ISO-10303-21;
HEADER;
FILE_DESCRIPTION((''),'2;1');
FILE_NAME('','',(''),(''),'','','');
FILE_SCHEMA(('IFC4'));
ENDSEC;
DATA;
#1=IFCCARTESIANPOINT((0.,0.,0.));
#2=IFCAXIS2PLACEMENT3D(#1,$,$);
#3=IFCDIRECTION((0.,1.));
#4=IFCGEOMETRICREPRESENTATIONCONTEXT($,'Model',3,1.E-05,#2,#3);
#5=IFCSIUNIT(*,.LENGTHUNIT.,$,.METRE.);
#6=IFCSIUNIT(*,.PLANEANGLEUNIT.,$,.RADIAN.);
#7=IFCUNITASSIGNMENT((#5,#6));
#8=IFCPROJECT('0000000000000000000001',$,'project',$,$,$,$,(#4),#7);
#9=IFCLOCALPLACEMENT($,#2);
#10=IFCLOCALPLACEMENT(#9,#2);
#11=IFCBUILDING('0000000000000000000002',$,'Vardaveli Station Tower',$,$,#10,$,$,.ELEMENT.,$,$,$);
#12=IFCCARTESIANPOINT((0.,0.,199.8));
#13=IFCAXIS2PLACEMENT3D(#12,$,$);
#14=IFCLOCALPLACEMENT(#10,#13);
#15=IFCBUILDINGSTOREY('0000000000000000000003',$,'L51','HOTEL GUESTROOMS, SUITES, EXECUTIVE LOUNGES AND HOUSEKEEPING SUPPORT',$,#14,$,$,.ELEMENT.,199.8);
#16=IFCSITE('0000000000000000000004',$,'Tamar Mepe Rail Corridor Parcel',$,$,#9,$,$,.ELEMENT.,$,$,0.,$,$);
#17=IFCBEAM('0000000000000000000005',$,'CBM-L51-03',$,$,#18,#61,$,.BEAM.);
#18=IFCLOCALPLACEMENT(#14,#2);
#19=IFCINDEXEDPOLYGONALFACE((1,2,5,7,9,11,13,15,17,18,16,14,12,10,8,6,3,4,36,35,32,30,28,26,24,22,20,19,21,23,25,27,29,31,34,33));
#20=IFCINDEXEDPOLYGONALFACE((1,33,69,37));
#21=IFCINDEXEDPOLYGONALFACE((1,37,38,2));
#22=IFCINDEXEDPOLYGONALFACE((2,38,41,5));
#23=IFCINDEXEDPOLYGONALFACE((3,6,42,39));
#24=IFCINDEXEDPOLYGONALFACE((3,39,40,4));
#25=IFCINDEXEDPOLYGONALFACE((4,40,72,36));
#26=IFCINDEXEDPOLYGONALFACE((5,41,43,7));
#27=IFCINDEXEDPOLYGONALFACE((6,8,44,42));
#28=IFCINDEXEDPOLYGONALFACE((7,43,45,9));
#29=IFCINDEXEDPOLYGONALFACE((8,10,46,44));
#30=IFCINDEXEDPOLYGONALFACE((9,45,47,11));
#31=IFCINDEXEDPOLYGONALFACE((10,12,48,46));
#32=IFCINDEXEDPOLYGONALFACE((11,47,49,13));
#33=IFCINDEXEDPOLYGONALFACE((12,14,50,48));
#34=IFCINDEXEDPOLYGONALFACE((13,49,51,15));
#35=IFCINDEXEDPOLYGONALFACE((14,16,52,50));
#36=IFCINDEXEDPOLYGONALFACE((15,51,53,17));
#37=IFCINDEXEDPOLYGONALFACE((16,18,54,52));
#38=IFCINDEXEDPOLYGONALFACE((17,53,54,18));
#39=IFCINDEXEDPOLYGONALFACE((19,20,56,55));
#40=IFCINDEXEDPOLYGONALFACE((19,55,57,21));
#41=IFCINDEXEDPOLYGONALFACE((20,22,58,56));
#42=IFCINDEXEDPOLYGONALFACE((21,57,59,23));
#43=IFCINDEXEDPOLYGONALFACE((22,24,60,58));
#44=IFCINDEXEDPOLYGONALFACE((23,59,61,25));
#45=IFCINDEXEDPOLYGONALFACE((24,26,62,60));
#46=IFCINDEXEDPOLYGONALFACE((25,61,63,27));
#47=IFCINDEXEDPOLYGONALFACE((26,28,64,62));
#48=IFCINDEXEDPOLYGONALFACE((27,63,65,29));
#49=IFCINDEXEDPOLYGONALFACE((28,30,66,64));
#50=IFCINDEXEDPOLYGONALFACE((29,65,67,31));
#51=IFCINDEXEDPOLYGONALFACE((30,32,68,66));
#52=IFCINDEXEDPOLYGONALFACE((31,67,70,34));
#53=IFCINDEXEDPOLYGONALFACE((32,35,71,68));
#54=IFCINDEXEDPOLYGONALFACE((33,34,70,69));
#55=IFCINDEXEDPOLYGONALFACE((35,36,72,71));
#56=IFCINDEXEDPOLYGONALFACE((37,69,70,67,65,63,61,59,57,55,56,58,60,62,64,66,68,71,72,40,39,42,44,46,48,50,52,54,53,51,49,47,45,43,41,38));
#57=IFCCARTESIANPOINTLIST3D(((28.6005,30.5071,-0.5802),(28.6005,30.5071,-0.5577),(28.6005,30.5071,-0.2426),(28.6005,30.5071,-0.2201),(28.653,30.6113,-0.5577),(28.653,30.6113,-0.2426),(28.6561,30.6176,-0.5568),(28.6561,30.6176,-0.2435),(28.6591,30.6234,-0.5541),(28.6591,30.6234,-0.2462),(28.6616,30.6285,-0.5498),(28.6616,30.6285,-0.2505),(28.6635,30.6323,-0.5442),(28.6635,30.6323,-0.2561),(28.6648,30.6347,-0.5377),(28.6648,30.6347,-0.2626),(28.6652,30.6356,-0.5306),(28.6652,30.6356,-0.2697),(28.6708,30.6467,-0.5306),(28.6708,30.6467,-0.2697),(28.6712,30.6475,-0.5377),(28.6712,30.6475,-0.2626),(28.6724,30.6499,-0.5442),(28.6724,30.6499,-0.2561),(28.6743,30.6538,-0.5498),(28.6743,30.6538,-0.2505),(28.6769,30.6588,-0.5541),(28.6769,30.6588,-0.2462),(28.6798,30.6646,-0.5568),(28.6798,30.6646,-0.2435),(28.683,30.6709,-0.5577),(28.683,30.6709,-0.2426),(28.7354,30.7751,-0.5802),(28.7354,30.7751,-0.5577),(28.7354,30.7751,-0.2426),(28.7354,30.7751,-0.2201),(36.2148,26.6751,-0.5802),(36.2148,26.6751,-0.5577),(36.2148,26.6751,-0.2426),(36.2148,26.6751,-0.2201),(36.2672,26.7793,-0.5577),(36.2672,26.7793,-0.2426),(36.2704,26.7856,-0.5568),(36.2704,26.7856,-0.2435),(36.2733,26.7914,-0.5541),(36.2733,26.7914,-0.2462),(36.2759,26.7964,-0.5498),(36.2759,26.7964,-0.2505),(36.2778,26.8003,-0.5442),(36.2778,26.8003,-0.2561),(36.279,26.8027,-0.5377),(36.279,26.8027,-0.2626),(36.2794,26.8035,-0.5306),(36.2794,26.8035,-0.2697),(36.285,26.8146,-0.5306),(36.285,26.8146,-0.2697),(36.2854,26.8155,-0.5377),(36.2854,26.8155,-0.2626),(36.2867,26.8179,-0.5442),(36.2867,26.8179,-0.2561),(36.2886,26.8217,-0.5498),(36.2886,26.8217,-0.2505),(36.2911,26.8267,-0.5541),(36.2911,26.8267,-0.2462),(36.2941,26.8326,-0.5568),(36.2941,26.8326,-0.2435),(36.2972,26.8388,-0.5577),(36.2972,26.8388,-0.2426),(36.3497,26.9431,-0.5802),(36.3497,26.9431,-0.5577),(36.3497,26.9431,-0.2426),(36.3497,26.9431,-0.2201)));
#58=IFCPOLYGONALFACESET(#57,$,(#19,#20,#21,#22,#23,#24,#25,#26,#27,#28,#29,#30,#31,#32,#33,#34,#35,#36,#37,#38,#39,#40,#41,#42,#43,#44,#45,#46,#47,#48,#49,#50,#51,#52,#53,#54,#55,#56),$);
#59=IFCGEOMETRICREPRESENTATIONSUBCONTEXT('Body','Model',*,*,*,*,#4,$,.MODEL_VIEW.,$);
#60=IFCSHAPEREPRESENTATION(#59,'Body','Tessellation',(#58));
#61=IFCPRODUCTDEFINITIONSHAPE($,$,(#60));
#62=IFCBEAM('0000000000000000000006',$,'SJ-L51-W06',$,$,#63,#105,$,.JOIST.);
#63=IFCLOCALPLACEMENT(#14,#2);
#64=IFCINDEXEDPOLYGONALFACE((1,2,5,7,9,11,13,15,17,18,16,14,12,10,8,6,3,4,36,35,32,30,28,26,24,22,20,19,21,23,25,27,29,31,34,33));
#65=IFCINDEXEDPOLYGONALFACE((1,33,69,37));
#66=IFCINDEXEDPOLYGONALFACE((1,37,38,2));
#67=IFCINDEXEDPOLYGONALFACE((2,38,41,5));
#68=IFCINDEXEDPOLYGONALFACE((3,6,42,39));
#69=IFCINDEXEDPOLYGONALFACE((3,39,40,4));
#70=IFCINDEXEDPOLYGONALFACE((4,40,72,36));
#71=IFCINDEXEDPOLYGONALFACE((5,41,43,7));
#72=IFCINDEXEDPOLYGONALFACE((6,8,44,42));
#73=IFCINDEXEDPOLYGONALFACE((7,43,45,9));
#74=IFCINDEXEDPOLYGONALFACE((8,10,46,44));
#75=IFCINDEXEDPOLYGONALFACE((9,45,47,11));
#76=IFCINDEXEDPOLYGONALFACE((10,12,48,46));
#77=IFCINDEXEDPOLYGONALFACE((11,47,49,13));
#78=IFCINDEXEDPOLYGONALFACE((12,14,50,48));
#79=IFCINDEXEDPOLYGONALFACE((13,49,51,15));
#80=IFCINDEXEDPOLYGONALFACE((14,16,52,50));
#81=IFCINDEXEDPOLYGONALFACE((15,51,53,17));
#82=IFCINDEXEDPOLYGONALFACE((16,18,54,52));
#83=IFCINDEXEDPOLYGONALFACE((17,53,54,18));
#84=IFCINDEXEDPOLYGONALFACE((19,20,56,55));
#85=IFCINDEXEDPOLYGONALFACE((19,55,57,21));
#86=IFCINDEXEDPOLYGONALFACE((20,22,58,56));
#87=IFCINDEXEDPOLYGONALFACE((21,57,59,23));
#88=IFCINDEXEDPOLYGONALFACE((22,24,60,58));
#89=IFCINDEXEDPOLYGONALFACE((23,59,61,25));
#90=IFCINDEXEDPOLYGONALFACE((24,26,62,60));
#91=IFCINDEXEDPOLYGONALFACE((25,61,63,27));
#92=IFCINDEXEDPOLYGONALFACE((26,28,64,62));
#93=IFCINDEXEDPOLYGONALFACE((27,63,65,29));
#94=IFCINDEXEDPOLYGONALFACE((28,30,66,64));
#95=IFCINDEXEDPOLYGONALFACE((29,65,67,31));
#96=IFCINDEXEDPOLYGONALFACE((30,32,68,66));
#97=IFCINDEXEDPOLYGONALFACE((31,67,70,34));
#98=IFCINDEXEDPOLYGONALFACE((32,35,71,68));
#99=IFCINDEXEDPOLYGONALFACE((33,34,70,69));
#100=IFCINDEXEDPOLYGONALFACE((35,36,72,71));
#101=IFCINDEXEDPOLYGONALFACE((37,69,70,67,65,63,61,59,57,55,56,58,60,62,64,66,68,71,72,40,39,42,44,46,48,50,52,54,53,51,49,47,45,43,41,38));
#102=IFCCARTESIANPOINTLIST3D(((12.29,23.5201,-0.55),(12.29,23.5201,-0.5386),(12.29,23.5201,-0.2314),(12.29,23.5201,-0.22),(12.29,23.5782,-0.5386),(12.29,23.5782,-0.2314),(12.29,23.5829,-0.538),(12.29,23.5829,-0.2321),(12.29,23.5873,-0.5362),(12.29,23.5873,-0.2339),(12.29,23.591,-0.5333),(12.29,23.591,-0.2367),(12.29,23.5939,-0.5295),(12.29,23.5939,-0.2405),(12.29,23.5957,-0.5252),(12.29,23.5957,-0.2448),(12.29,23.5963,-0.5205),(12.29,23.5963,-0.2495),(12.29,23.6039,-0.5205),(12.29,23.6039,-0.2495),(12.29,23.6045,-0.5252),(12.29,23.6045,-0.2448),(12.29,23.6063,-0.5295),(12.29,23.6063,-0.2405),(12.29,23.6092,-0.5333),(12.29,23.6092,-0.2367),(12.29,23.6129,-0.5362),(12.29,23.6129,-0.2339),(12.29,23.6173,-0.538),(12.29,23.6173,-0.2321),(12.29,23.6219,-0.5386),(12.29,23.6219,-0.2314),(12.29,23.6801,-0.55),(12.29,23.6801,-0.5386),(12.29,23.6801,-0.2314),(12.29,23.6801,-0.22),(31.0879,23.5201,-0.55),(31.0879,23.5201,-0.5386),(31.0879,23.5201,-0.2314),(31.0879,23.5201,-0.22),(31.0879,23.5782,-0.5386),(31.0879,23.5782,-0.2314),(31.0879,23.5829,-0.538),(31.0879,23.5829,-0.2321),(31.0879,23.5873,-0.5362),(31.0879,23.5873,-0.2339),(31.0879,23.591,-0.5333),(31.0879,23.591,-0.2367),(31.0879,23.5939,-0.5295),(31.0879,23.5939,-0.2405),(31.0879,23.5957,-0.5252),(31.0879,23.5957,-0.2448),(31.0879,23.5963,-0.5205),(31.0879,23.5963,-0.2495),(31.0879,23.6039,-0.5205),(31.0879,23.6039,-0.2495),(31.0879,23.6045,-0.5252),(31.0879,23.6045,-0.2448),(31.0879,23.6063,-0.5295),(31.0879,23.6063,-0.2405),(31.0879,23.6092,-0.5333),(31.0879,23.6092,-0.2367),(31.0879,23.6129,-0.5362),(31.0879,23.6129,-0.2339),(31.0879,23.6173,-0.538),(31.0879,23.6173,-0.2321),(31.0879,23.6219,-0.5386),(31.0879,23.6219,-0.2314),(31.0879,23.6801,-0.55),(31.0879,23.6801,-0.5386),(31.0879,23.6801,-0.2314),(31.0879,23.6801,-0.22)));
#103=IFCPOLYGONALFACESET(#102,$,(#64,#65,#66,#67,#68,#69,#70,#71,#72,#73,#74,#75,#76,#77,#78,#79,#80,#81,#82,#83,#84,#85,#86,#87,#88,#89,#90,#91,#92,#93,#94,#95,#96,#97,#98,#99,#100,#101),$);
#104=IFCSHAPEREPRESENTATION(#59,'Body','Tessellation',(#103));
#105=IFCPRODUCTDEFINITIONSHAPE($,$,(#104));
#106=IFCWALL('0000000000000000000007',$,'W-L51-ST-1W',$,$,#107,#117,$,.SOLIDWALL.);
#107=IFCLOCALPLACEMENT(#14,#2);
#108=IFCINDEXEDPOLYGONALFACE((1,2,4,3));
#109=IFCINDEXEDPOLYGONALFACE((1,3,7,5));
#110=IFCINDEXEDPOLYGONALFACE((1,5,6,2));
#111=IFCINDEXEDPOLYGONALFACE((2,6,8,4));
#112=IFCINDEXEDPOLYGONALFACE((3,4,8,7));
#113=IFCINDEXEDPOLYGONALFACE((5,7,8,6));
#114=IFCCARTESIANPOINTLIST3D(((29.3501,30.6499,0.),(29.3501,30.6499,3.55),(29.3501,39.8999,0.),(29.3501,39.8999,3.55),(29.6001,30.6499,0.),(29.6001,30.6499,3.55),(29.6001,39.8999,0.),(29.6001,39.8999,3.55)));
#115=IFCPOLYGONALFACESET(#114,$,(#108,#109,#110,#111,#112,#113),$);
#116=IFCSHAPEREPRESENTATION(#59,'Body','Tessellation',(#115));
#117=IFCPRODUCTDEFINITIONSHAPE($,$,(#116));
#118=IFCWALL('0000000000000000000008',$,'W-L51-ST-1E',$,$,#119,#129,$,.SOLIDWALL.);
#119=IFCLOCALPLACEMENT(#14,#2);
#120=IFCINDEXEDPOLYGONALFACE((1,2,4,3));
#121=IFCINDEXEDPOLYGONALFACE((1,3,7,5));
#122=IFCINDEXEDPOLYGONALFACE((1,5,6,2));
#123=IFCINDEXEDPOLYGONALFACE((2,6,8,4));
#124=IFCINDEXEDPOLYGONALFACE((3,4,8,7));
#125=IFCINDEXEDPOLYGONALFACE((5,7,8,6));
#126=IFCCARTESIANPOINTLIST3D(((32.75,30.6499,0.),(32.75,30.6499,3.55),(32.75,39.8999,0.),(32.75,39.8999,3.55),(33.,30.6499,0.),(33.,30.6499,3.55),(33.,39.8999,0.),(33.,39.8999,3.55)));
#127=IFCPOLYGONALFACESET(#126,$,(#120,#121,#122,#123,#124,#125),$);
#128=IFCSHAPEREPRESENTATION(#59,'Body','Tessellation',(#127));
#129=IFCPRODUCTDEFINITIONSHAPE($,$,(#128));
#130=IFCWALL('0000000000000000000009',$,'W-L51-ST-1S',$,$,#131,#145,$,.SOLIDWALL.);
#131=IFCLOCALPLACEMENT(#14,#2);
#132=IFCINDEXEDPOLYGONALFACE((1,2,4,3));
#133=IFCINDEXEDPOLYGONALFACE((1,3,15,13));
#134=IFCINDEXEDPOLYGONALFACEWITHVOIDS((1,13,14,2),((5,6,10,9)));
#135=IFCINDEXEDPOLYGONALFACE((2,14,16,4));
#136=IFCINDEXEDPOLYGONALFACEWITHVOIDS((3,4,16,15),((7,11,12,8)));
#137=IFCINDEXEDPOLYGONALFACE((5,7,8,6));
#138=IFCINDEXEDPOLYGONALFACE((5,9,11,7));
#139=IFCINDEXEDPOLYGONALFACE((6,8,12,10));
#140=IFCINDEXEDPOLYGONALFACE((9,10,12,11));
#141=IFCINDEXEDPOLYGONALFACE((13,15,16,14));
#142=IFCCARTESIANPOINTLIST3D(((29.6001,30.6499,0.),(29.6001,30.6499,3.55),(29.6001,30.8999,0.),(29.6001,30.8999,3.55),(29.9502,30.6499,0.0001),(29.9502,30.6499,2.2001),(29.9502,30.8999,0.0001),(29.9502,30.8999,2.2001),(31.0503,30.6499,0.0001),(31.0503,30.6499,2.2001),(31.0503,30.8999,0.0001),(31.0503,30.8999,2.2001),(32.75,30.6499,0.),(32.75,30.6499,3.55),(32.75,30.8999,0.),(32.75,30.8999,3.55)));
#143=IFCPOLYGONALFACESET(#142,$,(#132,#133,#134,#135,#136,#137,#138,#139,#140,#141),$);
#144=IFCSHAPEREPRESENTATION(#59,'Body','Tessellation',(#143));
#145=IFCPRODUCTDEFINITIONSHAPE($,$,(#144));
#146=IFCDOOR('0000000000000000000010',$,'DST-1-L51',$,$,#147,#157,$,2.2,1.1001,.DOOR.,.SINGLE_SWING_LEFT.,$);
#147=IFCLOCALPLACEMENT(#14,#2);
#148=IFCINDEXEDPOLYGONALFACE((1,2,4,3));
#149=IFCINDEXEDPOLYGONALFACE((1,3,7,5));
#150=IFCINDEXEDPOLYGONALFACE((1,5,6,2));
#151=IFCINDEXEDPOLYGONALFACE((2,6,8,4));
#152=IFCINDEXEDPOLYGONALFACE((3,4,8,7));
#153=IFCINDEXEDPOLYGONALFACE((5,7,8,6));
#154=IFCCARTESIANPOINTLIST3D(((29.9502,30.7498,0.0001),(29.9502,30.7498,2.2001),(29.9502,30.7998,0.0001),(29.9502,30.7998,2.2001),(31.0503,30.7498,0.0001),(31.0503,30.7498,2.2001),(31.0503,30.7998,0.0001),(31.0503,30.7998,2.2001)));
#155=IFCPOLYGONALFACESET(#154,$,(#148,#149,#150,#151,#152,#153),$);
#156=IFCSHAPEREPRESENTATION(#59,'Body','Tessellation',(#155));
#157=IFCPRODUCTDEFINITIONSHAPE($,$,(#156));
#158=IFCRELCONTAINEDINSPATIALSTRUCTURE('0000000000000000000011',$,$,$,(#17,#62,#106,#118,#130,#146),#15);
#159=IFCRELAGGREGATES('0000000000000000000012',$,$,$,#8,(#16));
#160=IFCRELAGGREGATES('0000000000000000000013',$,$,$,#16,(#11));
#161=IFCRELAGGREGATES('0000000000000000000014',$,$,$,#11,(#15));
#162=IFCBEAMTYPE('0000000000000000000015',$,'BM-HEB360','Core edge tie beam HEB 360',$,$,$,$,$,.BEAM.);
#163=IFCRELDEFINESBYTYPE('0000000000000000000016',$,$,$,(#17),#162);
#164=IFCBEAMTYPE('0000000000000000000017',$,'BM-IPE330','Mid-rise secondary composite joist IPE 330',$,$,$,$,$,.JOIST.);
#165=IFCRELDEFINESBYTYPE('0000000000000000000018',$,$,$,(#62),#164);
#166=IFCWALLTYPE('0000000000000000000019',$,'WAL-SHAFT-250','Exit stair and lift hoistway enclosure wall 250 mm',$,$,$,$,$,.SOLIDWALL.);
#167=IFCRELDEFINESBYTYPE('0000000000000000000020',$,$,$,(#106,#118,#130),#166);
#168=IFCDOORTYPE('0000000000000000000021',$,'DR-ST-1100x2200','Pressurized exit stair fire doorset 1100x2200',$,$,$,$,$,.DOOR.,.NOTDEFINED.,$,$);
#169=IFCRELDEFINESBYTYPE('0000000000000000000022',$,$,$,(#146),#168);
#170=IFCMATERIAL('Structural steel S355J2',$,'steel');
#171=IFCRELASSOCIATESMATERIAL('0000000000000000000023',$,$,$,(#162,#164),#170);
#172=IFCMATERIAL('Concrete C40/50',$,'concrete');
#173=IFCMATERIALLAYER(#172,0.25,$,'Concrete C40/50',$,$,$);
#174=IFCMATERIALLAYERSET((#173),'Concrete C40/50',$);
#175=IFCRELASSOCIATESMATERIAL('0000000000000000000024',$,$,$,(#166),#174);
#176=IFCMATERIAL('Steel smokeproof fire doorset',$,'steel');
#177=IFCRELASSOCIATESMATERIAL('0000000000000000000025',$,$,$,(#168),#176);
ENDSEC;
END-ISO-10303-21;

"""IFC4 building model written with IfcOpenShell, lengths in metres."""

from ifc_helpers import new_model, si_unit, direction, frame, frame_2d, origin, origin_2d, place, context, subcontext, project, spatial, rectangle, i_section, extrude, source, transform, mapped, material, layer, layer_set, material_profile, profile_set, type_object, element, fill, save


model = new_model("IFC4")

# Units and contexts
model_context = context("Model", 3, precision=1e-05, world=origin(), true_north=direction((0.0, 1.0)))
body_context = subcontext(model_context, "Body", "Model", "MODEL_VIEW")
ifc_project = project(units=[si_unit("LENGTHUNIT", "METRE"), si_unit("PLANEANGLEUNIT", "RADIAN")], contexts=[model_context])

# Site, building, storey
site_placement = place(None, origin())
site = spatial("IfcSite", under=ifc_project, at=site_placement, Name="Tamar Mepe Rail Corridor Parcel", CompositionType="ELEMENT", RefElevation=0.0)
building_placement = place(site_placement, origin())
building = spatial("IfcBuilding", under=site, at=building_placement, Name="Vardaveli Station Tower", CompositionType="ELEMENT")
storey_placement = place(building_placement, frame((0.0, 0.0, 199.8)))
storey = spatial("IfcBuildingStorey", under=building, at=storey_placement, Name="L51", Description="HOTEL GUESTROOMS, SUITES, EXECUTIVE LOUNGES AND HOUSEKEEPING SUPPORT", CompositionType="ELEMENT", Elevation=199.8)

# Beams
ifc_material_1 = material(Name="Structural steel S355J2", Category="steel")
ifc_material_profile_1 = material_profile(ifc_material_1, i_section(OverallWidth=0.3, OverallDepth=0.3601, WebThickness=0.0125, FlangeThickness=0.0225, FilletRadius=0.0271, at=origin_2d()), Name="HEB 360")
ifc_profile_set_1 = profile_set([ifc_material_profile_1], Name="Structural steel S355J2")
beam_type_1 = type_object("IfcBeamType", Name="BM-HEB360", Description="Core edge tie beam HEB 360", PredefinedType="BEAM", material=ifc_profile_set_1)
shared_shape_1 = source(origin(), body_context, "Body", "SweptSolid", [
    extrude(i_section(OverallWidth=0.3, OverallDepth=0.3601, WebThickness=0.0125, FlangeThickness=0.0225, FilletRadius=0.0271, at=origin_2d()), origin(), (0.0, 0.0, 1.0), 8.5242),
])
beam_1_placement = place(storey_placement, frame((28.668, 30.6411, -0.4001), z_axis=(0.893256, -0.449549, 0.0), x_axis=(0.449549, 0.893256, 0.0)))
element("IfcBeam", 1, at=beam_1_placement, inside=storey, type_object=beam_type_1, Name="CBM-L51-03", PredefinedType="BEAM", context=body_context, shape_type="MappedRepresentation", body=[
    mapped(shared_shape_1, transform((0.0, 0.0, 0.0), scale=1.0)),
])
ifc_material_profile_2 = material_profile(ifc_material_1, i_section(OverallWidth=0.1599, OverallDepth=0.3301, WebThickness=0.0076, FlangeThickness=0.0115, FilletRadius=0.0181, at=origin_2d()), Name="IPE 330")
ifc_profile_set_2 = profile_set([ifc_material_profile_2], Name="Structural steel S355J2")
beam_type_2 = type_object("IfcBeamType", Name="BM-IPE330", Description="Mid-rise secondary composite joist IPE 330", PredefinedType="JOIST", material=ifc_profile_set_2)
shared_shape_2 = source(origin(), body_context, "Body", "SweptSolid", [
    extrude(i_section(OverallWidth=0.1599, OverallDepth=0.3301, WebThickness=0.0076, FlangeThickness=0.0115, FilletRadius=0.0181, at=origin_2d()), origin(), (0.0, 0.0, 1.0), 18.7979),
])
beam_2_placement = place(storey_placement, frame((12.29, 23.6001, -0.385), z_axis=(1.0, 0.0, 0.0), x_axis=(0.0, 1.0, 0.0)))
element("IfcBeam", 2, at=beam_2_placement, inside=storey, type_object=beam_type_2, Name="SJ-L51-W06", PredefinedType="JOIST", context=body_context, shape_type="MappedRepresentation", body=[
    mapped(shared_shape_2, transform((0.0, 0.0, 0.0), scale=1.0)),
])

# Walls
ifc_material_2 = material(Name="Concrete C40/50", Category="concrete")
ifc_layer_1 = layer(ifc_material_2, 0.25, Name="Concrete C40/50")
ifc_layer_set_1 = layer_set([ifc_layer_1], Name="Concrete C40/50")
wall_type_1 = type_object("IfcWallType", Name="WAL-SHAFT-250", Description="Exit stair and lift hoistway enclosure wall 250 mm", PredefinedType="SOLIDWALL", material=ifc_layer_set_1)
shared_shape_3 = source(origin(), body_context, "Body", "SweptSolid", [
    extrude(rectangle(XDim=9.25, YDim=0.25, at=frame_2d((4.625, 0.0))), origin(), (0.0, 0.0, 1.0), 3.55),
])
for number, where, z_axis, x_axis, name in (
    (3, (29.4751, 30.6499, 0.0), (0.0, 0.0, 1.0), (0.0, 1.0, 0.0), "W-L51-ST-1W"),
    (4, (32.875, 30.6499, 0.0), (0.0, 0.0, 1.0), (0.0, 1.0, 0.0), "W-L51-ST-1E"),
):
    element("IfcWall", number, at=place(storey_placement, frame(where, z_axis=z_axis, x_axis=x_axis)), inside=storey, type_object=wall_type_1, Name=name, PredefinedType="SOLIDWALL", context=body_context, shape_type="MappedRepresentation", body=[
        mapped(shared_shape_3, transform((0.0, 0.0, 0.0), scale=1.0)),
    ])

# Wall, opening, door
shared_shape_4 = source(origin(), body_context, "Body", "SweptSolid", [
    extrude(rectangle(XDim=3.1499, YDim=0.25, at=frame_2d((1.575, 0.0))), origin(), (0.0, 0.0, 1.0), 3.55),
])
wall_1_placement = place(storey_placement, frame((29.6001, 30.7749, 0.0), z_axis=(0.0, 0.0, 1.0), x_axis=(1.0, 0.0, 0.0)))
wall_1 = element("IfcWall", 5, at=wall_1_placement, inside=storey, type_object=wall_type_1, Name="W-L51-ST-1S", PredefinedType="SOLIDWALL", context=body_context, shape_type="MappedRepresentation", body=[
    mapped(shared_shape_4, transform((0.0, 0.0, 0.0), scale=1.0)),
])
shared_shape_5 = source(origin(), body_context, "Body", "SweptSolid", [
    extrude(rectangle(XDim=1.1001, YDim=2.2, at=frame_2d((0.55, 1.1001))), frame((0.0, 0.135, 0.0), z_axis=(0.0, -1.0, 0.0), x_axis=(1.0, 0.0, 0.0)), (0.0, 0.0, 1.0), 0.27),
])
opening_1_placement = place(wall_1_placement, frame((0.3501, 0.0, 0.0)))
opening_1 = element("IfcOpeningElement", 6, at=opening_1_placement, cuts=wall_1, PredefinedType="OPENING", context=body_context, shape_type="MappedRepresentation", body=[
    mapped(shared_shape_5, transform((0.0, 0.0, 0.0), scale=1.0)),
])
ifc_material_3 = material(Name="Steel smokeproof fire doorset", Category="steel")
door_type_1 = type_object("IfcDoorType", Name="DR-ST-1100x2200", Description="Pressurized exit stair fire doorset 1100x2200", OperationType="NOTDEFINED", PredefinedType="DOOR", material=ifc_material_3)
shared_shape_6 = source(origin(), body_context, "Body", "SweptSolid", [
    extrude(rectangle(XDim=1.1001, YDim=2.2, at=frame_2d((0.55, 1.1001))), frame((0.0, 0.0249, 0.0), z_axis=(0.0, -1.0, 0.0), x_axis=(1.0, 0.0, 0.0)), (0.0, 0.0, 1.0), 0.05),
])
door_1_placement = place(opening_1_placement, origin())
door_1 = element("IfcDoor", 7, at=door_1_placement, inside=storey, type_object=door_type_1, Name="DST-1-L51", OperationType="SINGLE_SWING_LEFT", OverallHeight=2.2, OverallWidth=1.1001, PredefinedType="DOOR", context=body_context, shape_type="MappedRepresentation", body=[
    mapped(shared_shape_6, transform((0.0, 0.0, 0.0), scale=1.0)),
])
fill(opening_1, door_1)

save(model, "model.ifc")
